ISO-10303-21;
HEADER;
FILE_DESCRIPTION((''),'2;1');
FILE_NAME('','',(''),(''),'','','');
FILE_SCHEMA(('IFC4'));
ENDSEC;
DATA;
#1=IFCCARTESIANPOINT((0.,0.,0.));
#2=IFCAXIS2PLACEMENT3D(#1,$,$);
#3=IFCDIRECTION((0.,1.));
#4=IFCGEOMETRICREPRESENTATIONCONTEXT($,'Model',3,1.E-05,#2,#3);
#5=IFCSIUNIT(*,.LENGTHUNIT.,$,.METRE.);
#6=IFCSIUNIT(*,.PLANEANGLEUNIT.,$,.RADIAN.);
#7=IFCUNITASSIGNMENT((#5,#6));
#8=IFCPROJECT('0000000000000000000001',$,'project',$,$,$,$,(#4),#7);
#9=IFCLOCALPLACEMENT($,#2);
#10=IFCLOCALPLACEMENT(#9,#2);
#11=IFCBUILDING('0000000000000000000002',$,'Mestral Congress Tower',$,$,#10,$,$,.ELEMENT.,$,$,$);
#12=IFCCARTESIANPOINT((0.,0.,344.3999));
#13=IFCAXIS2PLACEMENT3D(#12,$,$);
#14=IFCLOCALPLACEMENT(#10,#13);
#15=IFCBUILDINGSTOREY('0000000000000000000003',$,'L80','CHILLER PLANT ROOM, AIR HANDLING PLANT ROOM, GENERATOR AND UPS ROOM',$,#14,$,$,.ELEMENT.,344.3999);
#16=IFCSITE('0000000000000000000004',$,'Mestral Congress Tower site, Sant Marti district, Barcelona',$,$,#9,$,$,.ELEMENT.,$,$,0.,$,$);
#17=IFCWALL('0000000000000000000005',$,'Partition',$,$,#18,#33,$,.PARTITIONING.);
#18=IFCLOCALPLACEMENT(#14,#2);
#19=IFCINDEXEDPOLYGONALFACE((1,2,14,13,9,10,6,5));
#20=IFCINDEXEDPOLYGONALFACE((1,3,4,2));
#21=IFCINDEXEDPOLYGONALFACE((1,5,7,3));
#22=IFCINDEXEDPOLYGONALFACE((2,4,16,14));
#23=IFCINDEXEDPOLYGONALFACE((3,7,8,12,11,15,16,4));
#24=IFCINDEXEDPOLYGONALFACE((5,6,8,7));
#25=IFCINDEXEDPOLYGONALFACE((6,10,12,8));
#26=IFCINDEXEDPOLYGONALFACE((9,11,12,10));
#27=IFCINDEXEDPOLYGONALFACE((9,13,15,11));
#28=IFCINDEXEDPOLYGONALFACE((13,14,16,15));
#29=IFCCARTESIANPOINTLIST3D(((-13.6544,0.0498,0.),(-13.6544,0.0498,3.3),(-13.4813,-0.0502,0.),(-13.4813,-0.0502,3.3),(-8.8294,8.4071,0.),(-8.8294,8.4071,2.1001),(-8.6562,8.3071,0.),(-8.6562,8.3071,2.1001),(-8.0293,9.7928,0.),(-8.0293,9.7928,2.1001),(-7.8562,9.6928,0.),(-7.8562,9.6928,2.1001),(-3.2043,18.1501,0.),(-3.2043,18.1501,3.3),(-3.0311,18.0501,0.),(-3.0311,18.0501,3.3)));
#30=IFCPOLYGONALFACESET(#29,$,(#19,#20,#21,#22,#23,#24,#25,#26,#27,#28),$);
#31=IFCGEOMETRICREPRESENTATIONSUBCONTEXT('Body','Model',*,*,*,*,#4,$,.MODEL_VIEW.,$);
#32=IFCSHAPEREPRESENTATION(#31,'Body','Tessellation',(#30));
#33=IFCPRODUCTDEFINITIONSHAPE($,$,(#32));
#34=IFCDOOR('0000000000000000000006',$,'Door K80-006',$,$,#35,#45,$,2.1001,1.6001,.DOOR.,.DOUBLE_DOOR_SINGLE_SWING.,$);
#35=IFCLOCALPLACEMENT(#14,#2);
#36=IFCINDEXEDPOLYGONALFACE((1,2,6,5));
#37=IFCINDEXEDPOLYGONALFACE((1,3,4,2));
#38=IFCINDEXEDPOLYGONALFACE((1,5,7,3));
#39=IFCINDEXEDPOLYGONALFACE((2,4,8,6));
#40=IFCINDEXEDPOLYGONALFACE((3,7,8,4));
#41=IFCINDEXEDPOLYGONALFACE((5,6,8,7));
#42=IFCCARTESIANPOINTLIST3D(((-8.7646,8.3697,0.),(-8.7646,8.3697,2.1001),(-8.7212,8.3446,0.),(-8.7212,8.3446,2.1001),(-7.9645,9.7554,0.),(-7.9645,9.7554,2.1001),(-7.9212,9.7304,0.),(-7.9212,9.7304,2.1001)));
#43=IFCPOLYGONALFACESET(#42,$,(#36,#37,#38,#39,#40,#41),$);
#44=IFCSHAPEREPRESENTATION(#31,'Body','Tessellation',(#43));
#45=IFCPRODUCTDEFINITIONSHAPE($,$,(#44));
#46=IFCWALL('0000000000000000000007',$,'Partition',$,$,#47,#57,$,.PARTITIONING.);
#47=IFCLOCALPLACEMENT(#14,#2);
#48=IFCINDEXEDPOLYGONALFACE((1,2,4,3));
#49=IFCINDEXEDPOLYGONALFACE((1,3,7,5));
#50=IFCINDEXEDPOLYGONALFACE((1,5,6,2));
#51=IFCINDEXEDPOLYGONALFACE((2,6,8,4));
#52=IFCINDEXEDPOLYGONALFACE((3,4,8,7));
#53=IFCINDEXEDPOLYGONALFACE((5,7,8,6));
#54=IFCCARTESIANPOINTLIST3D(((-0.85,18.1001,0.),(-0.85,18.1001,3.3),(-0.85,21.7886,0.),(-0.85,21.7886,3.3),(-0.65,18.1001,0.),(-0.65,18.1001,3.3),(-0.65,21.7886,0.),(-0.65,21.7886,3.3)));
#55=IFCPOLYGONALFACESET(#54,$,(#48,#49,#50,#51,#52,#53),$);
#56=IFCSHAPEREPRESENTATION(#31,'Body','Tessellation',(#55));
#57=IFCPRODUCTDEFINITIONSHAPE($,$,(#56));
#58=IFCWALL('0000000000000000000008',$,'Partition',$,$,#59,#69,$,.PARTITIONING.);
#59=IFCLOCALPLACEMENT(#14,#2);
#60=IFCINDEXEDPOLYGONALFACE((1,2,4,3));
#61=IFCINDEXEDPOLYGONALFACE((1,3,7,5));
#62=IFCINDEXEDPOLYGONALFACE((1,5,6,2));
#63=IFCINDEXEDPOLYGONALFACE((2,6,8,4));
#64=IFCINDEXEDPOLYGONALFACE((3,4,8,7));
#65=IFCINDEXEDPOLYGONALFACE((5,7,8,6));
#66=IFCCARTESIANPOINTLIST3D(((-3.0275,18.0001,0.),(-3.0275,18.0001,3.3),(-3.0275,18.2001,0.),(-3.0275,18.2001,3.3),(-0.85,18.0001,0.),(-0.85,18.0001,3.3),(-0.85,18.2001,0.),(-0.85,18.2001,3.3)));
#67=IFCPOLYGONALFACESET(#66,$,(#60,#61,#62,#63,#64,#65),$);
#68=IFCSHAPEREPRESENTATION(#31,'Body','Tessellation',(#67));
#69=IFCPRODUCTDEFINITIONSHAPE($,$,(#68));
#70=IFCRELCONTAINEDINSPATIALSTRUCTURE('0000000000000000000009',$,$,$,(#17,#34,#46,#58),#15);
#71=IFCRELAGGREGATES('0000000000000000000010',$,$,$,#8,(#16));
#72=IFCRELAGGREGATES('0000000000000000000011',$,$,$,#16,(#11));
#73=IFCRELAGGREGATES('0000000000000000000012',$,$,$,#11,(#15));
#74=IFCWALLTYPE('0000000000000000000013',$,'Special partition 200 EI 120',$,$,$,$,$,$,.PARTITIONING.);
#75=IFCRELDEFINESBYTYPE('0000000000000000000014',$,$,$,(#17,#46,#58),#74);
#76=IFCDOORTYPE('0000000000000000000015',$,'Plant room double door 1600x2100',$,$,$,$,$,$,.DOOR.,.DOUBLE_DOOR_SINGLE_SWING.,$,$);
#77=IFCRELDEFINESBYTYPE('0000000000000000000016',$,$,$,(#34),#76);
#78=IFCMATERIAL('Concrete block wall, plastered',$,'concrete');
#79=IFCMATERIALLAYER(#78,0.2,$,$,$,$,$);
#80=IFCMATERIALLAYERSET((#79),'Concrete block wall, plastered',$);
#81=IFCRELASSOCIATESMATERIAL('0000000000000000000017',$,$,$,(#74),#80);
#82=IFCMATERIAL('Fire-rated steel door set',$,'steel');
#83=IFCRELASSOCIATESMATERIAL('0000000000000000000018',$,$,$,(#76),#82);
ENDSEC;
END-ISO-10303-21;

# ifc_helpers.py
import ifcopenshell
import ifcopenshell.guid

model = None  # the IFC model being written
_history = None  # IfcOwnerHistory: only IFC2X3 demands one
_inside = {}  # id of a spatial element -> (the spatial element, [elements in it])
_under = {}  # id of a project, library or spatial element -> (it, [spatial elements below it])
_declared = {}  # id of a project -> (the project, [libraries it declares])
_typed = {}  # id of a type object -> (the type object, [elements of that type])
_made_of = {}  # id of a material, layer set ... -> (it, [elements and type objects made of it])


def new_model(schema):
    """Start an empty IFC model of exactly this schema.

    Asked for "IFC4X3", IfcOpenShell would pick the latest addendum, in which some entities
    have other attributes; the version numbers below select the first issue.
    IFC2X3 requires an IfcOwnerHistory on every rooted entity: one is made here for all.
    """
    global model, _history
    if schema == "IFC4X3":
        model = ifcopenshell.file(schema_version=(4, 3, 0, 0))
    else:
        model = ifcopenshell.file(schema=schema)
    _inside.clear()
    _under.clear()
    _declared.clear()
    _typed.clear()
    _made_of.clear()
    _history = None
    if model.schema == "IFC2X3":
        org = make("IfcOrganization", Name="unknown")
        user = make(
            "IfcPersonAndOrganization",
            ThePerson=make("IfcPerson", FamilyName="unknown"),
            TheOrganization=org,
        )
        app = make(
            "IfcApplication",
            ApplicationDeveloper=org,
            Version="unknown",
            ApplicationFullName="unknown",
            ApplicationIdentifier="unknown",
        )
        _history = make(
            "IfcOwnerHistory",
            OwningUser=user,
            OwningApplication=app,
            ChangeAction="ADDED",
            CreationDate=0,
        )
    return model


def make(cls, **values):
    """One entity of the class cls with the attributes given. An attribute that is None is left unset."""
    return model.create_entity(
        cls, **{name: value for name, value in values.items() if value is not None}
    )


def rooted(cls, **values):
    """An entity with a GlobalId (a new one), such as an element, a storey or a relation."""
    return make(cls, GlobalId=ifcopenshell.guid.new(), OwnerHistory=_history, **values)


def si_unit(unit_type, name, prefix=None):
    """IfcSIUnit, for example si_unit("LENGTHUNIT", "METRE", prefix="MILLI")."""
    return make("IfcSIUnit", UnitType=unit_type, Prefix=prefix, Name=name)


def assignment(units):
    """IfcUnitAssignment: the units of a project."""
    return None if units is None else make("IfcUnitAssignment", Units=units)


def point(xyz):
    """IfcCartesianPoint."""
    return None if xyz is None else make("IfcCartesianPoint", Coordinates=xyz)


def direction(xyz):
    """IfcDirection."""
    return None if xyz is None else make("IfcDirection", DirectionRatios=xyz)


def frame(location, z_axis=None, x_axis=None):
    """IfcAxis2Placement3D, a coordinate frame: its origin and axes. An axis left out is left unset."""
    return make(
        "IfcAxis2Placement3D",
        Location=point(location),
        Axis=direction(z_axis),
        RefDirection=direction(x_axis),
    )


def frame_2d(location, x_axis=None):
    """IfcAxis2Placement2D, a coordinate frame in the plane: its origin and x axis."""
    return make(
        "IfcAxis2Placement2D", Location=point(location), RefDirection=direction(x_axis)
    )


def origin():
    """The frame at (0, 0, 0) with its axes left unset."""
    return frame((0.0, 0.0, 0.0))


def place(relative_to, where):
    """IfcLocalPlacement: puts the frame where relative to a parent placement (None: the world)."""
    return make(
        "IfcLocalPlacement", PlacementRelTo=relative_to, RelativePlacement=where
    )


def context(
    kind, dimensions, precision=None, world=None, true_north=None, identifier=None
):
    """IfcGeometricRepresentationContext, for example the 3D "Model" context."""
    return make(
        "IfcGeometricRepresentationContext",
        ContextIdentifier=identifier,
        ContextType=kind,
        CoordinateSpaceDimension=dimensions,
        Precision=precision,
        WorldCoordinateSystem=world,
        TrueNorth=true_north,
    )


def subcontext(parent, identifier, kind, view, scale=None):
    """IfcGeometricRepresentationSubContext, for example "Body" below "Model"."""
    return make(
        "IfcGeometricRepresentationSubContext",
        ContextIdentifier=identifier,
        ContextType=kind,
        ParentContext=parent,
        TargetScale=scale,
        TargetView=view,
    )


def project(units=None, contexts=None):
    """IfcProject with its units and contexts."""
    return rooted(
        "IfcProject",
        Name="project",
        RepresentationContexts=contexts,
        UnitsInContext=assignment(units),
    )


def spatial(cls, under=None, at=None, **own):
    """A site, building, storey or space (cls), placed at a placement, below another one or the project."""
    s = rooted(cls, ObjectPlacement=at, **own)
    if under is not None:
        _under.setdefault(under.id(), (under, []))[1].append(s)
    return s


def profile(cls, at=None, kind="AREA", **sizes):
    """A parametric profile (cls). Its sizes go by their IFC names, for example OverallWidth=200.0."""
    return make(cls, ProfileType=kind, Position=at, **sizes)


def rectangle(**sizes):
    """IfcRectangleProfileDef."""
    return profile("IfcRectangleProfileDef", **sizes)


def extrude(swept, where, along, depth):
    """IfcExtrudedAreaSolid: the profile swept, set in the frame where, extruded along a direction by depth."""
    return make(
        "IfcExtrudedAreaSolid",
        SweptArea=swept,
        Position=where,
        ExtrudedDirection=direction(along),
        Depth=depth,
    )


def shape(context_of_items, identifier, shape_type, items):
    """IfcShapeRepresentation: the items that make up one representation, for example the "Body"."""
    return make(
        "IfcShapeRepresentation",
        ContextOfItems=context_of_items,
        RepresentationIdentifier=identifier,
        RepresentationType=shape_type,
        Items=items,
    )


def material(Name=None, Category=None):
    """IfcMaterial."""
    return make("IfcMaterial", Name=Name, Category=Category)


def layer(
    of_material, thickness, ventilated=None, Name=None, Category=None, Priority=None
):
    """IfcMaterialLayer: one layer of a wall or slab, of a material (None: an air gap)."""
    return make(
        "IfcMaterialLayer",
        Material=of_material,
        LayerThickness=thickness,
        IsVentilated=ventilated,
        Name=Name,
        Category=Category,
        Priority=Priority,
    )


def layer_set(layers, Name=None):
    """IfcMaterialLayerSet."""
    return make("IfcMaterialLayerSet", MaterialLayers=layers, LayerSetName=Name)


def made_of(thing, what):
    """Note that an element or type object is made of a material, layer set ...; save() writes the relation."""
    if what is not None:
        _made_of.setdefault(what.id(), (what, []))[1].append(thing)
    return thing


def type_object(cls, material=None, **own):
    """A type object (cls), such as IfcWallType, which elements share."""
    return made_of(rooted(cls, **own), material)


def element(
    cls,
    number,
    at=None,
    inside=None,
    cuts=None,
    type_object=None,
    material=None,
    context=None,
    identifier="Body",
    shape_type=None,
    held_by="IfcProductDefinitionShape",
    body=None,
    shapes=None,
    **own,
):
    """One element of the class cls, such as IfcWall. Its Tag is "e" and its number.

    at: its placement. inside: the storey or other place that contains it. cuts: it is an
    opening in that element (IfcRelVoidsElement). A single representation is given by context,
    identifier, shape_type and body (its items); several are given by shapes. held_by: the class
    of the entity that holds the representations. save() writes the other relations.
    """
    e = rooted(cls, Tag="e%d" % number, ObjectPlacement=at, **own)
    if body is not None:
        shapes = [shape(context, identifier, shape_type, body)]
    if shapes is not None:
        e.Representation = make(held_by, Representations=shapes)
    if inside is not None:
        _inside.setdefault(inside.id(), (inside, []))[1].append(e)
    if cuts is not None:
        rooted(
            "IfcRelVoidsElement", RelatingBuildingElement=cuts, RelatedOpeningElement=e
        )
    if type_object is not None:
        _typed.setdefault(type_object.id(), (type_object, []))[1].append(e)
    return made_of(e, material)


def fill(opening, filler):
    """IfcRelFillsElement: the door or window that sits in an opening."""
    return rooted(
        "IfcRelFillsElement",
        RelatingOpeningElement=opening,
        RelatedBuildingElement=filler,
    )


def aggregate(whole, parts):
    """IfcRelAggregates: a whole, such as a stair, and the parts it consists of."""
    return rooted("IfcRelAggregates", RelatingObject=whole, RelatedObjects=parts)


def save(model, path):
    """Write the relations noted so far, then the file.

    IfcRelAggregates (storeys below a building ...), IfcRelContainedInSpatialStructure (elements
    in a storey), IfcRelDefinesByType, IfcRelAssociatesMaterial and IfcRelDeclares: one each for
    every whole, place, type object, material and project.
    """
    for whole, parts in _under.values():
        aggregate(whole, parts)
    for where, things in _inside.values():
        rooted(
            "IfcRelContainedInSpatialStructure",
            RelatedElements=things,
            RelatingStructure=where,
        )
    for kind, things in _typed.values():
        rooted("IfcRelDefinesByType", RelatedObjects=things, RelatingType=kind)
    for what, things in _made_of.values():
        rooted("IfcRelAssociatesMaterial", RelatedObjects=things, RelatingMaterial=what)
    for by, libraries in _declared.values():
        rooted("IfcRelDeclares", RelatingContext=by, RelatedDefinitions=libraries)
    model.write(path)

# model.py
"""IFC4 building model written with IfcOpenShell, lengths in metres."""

from ifc_helpers import new_model, si_unit, direction, frame, frame_2d, origin, place, context, subcontext, project, spatial, rectangle, extrude, material, layer, layer_set, type_object, element, fill, save


model = new_model("IFC4")

# Units and contexts
model_context = context("Model", 3, precision=1e-05, world=origin(), true_north=direction((0.0, 1.0)))
body_context = subcontext(model_context, "Body", "Model", "MODEL_VIEW")
ifc_project = project(units=[si_unit("LENGTHUNIT", "METRE"), si_unit("PLANEANGLEUNIT", "RADIAN")], contexts=[model_context])

# Site, building, storey
site_placement = place(None, origin())
site = spatial("IfcSite", under=ifc_project, at=site_placement, Name="Mestral Congress Tower site, Sant Marti district, Barcelona", CompositionType="ELEMENT", RefElevation=0.0)
building_placement = place(site_placement, origin())
building = spatial("IfcBuilding", under=site, at=building_placement, Name="Mestral Congress Tower", CompositionType="ELEMENT")
storey_placement = place(building_placement, frame((0.0, 0.0, 344.3999)))
storey = spatial("IfcBuildingStorey", under=building, at=storey_placement, Name="L80", Description="CHILLER PLANT ROOM, AIR HANDLING PLANT ROOM, GENERATOR AND UPS ROOM", CompositionType="ELEMENT", Elevation=344.3999)

# Wall, opening, door
ifc_material_1 = material(Name="Concrete block wall, plastered", Category="concrete")
ifc_layer_1 = layer(ifc_material_1, 0.2)
ifc_layer_set_1 = layer_set([ifc_layer_1], Name="Concrete block wall, plastered")
wall_type_1 = type_object("IfcWallType", Name="Special partition 200 EI 120", PredefinedType="PARTITIONING", material=ifc_layer_set_1)
wall_1_placement = place(storey_placement, frame((-3.1177, 18.1001, 0.0), z_axis=(0.0, 0.0, 1.0), x_axis=(-0.499998, -0.866026, 0.0)))
wall_1 = element("IfcWall", 1, at=wall_1_placement, inside=storey, type_object=wall_type_1, Name="Partition", PredefinedType="PARTITIONING", context=body_context, shape_type="SweptSolid", body=[
    extrude(rectangle(XDim=20.9004, YDim=0.2, at=frame_2d((10.4502, 0.0))), origin(), (0.0, 0.0, 1.0), 3.3),
])
opening_placement = place(wall_1_placement, frame((9.6501, 0.0, 0.0)))
opening = element("IfcOpeningElement", 2, at=opening_placement, cuts=wall_1, PredefinedType="OPENING", context=body_context, shape_type="SweptSolid", body=[
    extrude(rectangle(XDim=1.6001, YDim=2.1001, at=frame_2d((0.8, 1.05))), frame((0.0, 0.1099, 0.0), z_axis=(0.0, -1.0, 0.0), x_axis=(1.0, 0.0, 0.0)), (0.0, 0.0, 1.0), 0.22),
])
ifc_material_2 = material(Name="Fire-rated steel door set", Category="steel")
door_type = type_object("IfcDoorType", Name="Plant room double door 1600x2100", OperationType="DOUBLE_DOOR_SINGLE_SWING", PredefinedType="DOOR", material=ifc_material_2)
door_placement = place(opening_placement, origin())
door = element("IfcDoor", 3, at=door_placement, inside=storey, type_object=door_type, Name="Door K80-006", OperationType="DOUBLE_DOOR_SINGLE_SWING", OverallHeight=2.1001, OverallWidth=1.6001, PredefinedType="DOOR", context=body_context, shape_type="SweptSolid", body=[
    extrude(rectangle(XDim=1.6001, YDim=2.1001, at=frame_2d((0.8, 1.05))), frame((0.0, 0.0249, 0.0), z_axis=(0.0, -1.0, 0.0), x_axis=(1.0, 0.0, 0.0)), (0.0, 0.0, 1.0), 0.05),
])
fill(opening, door)

# Walls
wall_2_placement = place(storey_placement, frame((-0.75, 18.1001, 0.0), z_axis=(0.0, 0.0, 1.0), x_axis=(0.0, 1.0, 0.0)))
element("IfcWall", 4, at=wall_2_placement, inside=storey, type_object=wall_type_1, Name="Partition", PredefinedType="PARTITIONING", context=body_context, shape_type="SweptSolid", body=[
    extrude(rectangle(XDim=3.6885, YDim=0.2, at=frame_2d((1.8442, 0.0))), origin(), (0.0, 0.0, 1.0), 3.3),
])
wall_3_placement = place(storey_placement, frame((-3.0276, 18.1001, 0.0), z_axis=(0.0, 0.0, 1.0), x_axis=(1.0, 0.0, 0.0)))
element("IfcWall", 5, at=wall_3_placement, inside=storey, type_object=wall_type_1, Name="Partition", PredefinedType="PARTITIONING", context=body_context, shape_type="SweptSolid", body=[
    extrude(rectangle(XDim=2.1775, YDim=0.2, at=frame_2d((1.0889, 0.0))), origin(), (0.0, 0.0, 1.0), 3.3),
])

save(model, "model.ifc")
